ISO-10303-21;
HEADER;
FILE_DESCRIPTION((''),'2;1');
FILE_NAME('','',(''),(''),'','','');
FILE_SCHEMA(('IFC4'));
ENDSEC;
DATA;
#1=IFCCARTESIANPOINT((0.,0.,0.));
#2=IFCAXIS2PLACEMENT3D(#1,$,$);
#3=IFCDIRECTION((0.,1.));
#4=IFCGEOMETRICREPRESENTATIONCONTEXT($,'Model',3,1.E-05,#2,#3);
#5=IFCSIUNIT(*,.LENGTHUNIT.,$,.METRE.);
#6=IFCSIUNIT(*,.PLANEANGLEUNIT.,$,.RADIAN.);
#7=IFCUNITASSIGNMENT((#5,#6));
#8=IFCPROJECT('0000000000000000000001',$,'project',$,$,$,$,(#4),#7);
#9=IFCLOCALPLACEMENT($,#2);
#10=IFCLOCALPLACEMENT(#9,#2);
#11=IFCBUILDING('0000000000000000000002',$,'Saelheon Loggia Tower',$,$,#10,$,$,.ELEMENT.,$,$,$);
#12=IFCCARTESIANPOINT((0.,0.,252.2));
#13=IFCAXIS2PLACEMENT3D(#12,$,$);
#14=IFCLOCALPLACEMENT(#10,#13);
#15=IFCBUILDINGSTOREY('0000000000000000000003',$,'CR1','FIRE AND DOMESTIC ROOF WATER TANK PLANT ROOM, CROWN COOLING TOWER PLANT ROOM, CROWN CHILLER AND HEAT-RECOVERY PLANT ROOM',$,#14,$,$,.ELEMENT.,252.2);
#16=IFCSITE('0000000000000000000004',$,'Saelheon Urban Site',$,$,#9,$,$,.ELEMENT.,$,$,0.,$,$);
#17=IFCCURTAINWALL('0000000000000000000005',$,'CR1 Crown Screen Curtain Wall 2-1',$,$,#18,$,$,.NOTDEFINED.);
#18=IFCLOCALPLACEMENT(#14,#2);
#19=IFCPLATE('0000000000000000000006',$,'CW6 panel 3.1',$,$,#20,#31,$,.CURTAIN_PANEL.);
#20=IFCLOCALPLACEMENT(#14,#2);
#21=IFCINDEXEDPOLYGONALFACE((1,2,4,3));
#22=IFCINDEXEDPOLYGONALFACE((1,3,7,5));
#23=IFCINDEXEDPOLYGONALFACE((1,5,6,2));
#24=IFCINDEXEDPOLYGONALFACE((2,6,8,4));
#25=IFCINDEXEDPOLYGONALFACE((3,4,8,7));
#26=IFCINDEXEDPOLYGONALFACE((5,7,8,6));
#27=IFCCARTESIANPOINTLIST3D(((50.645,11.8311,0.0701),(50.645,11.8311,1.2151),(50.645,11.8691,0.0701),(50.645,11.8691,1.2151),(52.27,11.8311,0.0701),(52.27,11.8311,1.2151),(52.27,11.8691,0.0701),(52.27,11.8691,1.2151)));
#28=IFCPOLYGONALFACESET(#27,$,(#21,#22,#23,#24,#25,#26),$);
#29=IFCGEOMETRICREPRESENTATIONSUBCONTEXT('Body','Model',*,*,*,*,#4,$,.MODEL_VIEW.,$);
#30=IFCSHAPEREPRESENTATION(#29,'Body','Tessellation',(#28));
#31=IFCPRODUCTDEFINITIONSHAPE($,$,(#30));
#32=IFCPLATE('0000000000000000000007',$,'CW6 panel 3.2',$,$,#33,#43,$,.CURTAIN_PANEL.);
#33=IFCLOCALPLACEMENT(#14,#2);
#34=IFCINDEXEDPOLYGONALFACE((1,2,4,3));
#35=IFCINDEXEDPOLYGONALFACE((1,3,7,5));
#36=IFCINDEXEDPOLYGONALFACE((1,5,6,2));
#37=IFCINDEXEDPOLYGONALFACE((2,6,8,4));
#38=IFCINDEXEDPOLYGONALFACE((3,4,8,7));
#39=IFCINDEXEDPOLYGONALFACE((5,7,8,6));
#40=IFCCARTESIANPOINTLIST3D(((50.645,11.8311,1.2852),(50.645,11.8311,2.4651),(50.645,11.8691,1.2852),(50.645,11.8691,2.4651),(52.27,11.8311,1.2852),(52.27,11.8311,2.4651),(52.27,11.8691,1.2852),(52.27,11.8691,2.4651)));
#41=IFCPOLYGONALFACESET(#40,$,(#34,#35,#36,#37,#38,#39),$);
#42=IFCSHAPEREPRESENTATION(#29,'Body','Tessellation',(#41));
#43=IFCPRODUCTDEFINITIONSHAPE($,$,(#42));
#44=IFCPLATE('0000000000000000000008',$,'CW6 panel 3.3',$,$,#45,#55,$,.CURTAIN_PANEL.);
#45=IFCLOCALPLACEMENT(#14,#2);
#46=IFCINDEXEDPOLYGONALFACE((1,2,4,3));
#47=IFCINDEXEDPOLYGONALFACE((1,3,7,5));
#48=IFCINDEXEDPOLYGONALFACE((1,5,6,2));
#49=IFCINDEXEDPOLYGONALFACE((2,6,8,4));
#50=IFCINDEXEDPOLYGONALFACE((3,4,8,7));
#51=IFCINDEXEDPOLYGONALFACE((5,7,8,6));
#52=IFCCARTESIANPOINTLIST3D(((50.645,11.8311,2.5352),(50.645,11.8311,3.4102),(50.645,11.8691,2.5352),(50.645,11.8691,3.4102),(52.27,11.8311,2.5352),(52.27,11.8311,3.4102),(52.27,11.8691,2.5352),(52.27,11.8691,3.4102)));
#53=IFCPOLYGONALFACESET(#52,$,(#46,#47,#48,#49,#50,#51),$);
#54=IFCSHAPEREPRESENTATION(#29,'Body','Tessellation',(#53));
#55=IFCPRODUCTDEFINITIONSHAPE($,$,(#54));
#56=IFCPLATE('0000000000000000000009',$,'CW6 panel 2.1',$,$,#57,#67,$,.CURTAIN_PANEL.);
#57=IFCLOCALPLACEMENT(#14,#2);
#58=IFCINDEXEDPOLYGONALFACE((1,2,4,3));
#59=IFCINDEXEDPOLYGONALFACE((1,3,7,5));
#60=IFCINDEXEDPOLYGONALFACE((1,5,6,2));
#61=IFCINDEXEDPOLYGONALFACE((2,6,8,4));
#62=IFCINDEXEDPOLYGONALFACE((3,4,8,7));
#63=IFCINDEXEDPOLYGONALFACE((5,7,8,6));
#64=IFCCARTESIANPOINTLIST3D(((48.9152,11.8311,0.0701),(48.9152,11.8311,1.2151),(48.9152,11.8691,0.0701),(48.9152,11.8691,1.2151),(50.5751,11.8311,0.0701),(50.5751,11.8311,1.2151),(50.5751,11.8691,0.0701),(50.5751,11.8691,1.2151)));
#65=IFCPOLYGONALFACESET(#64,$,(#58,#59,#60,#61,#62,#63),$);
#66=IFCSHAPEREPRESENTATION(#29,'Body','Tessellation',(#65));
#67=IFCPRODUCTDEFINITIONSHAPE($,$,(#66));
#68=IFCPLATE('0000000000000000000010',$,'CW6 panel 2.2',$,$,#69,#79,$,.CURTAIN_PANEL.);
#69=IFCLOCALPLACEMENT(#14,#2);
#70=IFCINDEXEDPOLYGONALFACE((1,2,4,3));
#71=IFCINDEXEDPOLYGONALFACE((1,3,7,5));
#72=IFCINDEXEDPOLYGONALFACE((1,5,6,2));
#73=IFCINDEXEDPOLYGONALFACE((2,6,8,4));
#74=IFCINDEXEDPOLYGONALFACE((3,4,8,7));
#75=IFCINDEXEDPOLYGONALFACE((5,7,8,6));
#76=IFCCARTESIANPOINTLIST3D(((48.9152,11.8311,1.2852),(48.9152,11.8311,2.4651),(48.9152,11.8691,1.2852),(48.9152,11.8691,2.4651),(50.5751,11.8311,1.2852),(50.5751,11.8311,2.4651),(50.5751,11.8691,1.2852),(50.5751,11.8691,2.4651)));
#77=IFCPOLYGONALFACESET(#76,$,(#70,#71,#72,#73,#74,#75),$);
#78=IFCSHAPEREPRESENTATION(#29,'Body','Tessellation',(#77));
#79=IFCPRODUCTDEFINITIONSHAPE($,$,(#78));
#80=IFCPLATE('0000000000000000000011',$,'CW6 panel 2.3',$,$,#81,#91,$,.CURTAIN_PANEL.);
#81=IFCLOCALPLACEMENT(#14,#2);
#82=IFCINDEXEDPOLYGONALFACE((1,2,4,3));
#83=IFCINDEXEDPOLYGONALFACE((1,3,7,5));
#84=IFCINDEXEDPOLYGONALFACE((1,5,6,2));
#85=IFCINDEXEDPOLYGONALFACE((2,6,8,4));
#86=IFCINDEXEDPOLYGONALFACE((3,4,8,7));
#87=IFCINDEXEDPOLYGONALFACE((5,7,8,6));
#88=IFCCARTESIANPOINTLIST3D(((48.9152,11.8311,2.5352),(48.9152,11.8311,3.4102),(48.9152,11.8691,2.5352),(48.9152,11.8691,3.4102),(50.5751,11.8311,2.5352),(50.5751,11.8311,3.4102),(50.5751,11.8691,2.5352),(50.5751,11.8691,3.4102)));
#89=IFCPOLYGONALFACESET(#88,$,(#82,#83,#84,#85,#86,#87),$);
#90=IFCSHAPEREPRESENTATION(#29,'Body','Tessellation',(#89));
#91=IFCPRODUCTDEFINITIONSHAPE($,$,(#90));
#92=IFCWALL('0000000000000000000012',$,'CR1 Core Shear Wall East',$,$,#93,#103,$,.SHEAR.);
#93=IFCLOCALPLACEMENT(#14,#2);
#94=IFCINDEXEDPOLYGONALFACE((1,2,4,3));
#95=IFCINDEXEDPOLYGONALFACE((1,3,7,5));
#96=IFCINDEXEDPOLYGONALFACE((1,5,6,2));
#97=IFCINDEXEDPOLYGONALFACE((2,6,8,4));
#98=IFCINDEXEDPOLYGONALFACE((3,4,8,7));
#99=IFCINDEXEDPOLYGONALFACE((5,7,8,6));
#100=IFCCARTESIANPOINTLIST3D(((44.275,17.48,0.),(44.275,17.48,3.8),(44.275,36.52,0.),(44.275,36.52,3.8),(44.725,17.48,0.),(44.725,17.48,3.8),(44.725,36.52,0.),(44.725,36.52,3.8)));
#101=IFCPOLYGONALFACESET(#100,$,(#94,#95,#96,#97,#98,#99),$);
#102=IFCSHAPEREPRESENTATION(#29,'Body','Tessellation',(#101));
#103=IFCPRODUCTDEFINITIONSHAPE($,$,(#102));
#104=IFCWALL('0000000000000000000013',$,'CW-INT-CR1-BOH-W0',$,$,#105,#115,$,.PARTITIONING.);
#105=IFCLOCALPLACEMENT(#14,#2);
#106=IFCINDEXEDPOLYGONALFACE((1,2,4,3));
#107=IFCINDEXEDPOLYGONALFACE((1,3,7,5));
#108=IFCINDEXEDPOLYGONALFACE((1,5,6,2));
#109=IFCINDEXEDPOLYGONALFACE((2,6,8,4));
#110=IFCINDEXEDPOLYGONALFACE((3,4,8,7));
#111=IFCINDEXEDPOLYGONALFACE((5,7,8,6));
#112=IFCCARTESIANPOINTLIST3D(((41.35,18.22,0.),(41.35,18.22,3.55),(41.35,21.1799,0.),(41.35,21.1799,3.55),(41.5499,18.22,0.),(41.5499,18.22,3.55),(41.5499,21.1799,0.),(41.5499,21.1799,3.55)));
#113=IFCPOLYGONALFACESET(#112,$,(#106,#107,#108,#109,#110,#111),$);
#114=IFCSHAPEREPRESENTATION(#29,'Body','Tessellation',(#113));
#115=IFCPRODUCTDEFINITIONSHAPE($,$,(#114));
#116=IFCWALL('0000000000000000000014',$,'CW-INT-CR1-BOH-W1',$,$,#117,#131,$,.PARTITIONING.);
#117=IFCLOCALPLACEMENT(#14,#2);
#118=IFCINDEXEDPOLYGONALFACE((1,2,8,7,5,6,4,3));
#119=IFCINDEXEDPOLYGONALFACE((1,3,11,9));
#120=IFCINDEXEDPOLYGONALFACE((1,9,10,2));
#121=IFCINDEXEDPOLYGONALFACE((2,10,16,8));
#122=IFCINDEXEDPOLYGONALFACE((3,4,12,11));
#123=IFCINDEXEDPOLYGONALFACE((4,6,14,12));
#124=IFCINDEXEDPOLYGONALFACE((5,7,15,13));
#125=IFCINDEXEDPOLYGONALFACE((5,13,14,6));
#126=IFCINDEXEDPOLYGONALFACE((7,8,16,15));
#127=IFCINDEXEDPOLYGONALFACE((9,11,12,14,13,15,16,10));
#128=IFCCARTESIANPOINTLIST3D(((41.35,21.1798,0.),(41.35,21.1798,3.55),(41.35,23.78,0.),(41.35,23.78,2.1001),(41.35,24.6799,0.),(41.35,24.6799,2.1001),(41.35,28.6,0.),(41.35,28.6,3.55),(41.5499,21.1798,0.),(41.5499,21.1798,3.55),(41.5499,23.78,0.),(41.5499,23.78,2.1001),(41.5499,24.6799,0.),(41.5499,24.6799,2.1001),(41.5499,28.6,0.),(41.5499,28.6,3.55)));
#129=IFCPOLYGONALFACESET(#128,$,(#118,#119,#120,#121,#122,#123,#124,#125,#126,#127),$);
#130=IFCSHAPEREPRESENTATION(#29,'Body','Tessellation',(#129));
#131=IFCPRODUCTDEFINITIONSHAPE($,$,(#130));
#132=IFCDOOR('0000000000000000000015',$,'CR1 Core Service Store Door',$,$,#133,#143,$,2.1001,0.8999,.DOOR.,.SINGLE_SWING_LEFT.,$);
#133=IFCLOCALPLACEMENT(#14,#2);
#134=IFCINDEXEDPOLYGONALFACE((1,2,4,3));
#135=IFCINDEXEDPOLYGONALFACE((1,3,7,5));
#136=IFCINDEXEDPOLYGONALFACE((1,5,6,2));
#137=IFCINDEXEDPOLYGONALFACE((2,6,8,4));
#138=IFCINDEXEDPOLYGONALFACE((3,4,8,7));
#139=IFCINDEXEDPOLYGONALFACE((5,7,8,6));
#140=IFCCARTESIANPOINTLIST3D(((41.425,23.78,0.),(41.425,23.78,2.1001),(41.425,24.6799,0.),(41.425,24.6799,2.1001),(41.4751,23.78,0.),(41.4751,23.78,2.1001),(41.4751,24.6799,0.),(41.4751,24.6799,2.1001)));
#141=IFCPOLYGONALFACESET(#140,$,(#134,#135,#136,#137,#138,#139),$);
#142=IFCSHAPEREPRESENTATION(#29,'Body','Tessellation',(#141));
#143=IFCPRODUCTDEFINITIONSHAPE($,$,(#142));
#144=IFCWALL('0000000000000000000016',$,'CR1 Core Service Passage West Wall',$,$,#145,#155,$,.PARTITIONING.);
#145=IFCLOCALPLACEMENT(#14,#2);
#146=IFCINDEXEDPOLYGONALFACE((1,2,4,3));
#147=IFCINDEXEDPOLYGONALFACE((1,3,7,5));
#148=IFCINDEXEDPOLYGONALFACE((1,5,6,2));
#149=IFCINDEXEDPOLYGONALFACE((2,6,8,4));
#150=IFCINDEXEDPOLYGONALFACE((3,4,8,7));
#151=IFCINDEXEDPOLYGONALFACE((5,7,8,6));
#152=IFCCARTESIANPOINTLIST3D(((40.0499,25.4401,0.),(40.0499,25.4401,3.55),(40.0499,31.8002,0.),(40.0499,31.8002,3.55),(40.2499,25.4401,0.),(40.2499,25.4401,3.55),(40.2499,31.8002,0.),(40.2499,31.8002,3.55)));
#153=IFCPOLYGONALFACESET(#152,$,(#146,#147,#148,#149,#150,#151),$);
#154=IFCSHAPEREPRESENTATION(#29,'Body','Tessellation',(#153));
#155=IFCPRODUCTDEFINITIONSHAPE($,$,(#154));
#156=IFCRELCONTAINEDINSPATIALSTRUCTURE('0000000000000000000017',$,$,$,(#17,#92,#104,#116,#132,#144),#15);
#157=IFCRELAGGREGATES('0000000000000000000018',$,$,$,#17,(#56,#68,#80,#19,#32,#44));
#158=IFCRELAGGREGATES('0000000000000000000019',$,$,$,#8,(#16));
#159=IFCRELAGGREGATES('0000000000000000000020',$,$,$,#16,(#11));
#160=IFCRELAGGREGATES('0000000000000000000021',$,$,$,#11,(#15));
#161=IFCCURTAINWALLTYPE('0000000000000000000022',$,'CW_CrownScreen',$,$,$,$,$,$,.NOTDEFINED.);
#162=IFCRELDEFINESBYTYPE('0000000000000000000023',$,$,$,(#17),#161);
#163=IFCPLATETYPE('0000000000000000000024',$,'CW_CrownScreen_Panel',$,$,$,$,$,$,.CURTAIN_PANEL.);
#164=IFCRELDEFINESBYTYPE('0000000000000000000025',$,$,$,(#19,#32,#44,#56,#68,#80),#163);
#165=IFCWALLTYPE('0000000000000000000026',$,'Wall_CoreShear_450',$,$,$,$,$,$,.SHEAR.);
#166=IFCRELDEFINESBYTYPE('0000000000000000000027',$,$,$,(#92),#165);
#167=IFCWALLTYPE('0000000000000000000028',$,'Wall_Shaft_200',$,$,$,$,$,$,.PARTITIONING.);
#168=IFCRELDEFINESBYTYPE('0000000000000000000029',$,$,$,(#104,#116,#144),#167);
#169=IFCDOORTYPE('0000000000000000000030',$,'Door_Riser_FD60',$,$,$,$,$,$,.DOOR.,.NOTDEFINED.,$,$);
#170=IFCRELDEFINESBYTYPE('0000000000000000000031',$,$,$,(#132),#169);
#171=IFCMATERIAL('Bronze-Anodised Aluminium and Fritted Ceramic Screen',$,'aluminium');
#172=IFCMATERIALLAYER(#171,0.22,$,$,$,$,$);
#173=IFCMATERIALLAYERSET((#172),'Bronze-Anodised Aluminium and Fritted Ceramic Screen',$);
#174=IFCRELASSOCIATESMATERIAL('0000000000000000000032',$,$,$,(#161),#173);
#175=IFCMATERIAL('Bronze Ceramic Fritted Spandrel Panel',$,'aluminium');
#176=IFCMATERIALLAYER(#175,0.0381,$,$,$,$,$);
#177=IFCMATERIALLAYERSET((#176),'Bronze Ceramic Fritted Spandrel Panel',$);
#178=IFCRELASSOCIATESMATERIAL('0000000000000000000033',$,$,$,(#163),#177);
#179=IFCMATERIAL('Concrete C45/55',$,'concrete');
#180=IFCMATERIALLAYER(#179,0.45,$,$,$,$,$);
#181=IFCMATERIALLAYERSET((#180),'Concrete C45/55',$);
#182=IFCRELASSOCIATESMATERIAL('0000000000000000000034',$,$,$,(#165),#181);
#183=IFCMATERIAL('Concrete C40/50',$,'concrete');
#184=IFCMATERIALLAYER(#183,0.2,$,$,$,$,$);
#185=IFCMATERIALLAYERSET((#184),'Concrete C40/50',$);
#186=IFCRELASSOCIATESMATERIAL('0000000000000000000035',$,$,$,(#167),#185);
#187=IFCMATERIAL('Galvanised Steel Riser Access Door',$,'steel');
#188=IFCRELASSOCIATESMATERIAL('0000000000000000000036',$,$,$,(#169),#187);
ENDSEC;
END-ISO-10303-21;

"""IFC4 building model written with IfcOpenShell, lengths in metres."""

from ifc_helpers import new_model, si_unit, direction, frame, frame_2d, origin, origin_2d, place, context, subcontext, project, spatial, rectangle, extrude, source, transform, mapped, material, layer, layer_set, type_object, element, fill, aggregate, save


model = new_model("IFC4")

# Units and contexts
model_context = context("Model", 3, precision=1e-05, world=origin(), true_north=direction((0.0, 1.0)))
body_context = subcontext(model_context, "Body", "Model", "MODEL_VIEW")
ifc_project = project(units=[si_unit("LENGTHUNIT", "METRE"), si_unit("PLANEANGLEUNIT", "RADIAN")], contexts=[model_context])

# Site, building, storey
site_placement = place(None, origin())
site = spatial("IfcSite", under=ifc_project, at=site_placement, Name="Saelheon Urban Site", CompositionType="ELEMENT", RefElevation=0.0)
building_placement = place(site_placement, origin())
building = spatial("IfcBuilding", under=site, at=building_placement, Name="Saelheon Loggia Tower", CompositionType="ELEMENT")
storey_placement = place(building_placement, frame((0.0, 0.0, 252.2)))
storey = spatial("IfcBuildingStorey", under=building, at=storey_placement, Name="CR1", Description="FIRE AND DOMESTIC ROOF WATER TANK PLANT ROOM, CROWN COOLING TOWER PLANT ROOM, CROWN CHILLER AND HEAT-RECOVERY PLANT ROOM", CompositionType="ELEMENT", Elevation=252.2)

# Shared definitions
ifc_material_1 = material(Name="Concrete C45/55", Category="concrete")

# Curtain wall
ifc_material_2 = material(Name="Bronze-Anodised Aluminium and Fritted Ceramic Screen", Category="aluminium")
ifc_layer_1 = layer(ifc_material_2, 0.22)
ifc_layer_set_1 = layer_set([ifc_layer_1], Name="Bronze-Anodised Aluminium and Fritted Ceramic Screen")
curtain_wall_type = type_object("IfcCurtainWallType", Name="CW_CrownScreen", PredefinedType="NOTDEFINED", material=ifc_layer_set_1)
curtain_wall_placement = place(storey_placement, origin())
curtain_wall = element("IfcCurtainWall", 1, at=curtain_wall_placement, inside=storey, type_object=curtain_wall_type, Name="CR1 Crown Screen Curtain Wall 2-1", PredefinedType="NOTDEFINED")

# Plates
ifc_material_3 = material(Name="Bronze Ceramic Fritted Spandrel Panel", Category="aluminium")
ifc_layer_2 = layer(ifc_material_3, 0.0381)
ifc_layer_set_2 = layer_set([ifc_layer_2], Name="Bronze Ceramic Fritted Spandrel Panel")
plate_type_1 = type_object("IfcPlateType", Name="CW_CrownScreen_Panel", PredefinedType="CURTAIN_PANEL", material=ifc_layer_set_2)
shared_shape_1 = source(origin(), body_context, "Body", "SweptSolid", [
    extrude(rectangle(XDim=1.625, YDim=0.0381, at=origin_2d()), origin(), (0.0, 0.0, 1.0), 1.145),
])
plate_1_placement = place(storey_placement, frame((51.4575, 11.8501, 0.0701), z_axis=(0.0, 0.0, 1.0), x_axis=(1.0, 0.0, 0.0)))
plate_1 = element("IfcPlate", 2, at=plate_1_placement, type_object=plate_type_1, Name="CW6 panel 3.1", PredefinedType="CURTAIN_PANEL", context=body_context, shape_type="MappedRepresentation", body=[
    mapped(shared_shape_1, transform((0.0, 0.0, 0.0), scale=1.0)),
])
shared_shape_2 = source(origin(), body_context, "Body", "SweptSolid", [
    extrude(rectangle(XDim=1.625, YDim=0.0381, at=origin_2d()), origin(), (0.0, 0.0, 1.0), 1.1799),
])
plate_2_placement = place(storey_placement, frame((51.4575, 11.8501, 1.2852), z_axis=(0.0, 0.0, 1.0), x_axis=(1.0, 0.0, 0.0)))
plate_2 = element("IfcPlate", 3, at=plate_2_placement, type_object=plate_type_1, Name="CW6 panel 3.2", PredefinedType="CURTAIN_PANEL", context=body_context, shape_type="MappedRepresentation", body=[
    mapped(shared_shape_2, transform((0.0, 0.0, 0.0), scale=1.0)),
])
shared_shape_3 = source(origin(), body_context, "Body", "SweptSolid", [
    extrude(rectangle(XDim=1.625, YDim=0.0381, at=origin_2d()), origin(), (0.0, 0.0, 1.0), 0.875),
])
plate_3_placement = place(storey_placement, frame((51.4575, 11.8501, 2.5352), z_axis=(0.0, 0.0, 1.0), x_axis=(1.0, 0.0, 0.0)))
plate_3 = element("IfcPlate", 4, at=plate_3_placement, type_object=plate_type_1, Name="CW6 panel 3.3", PredefinedType="CURTAIN_PANEL", context=body_context, shape_type="MappedRepresentation", body=[
    mapped(shared_shape_3, transform((0.0, 0.0, 0.0), scale=1.0)),
])
shared_shape_4 = source(origin(), body_context, "Body", "SweptSolid", [
    extrude(rectangle(XDim=1.6599, YDim=0.0381, at=origin_2d()), origin(), (0.0, 0.0, 1.0), 1.145),
])
plate_4_placement = place(storey_placement, frame((49.7451, 11.8501, 0.0701), z_axis=(0.0, 0.0, 1.0), x_axis=(1.0, 0.0, 0.0)))
plate_4 = element("IfcPlate", 5, at=plate_4_placement, type_object=plate_type_1, Name="CW6 panel 2.1", PredefinedType="CURTAIN_PANEL", context=body_context, shape_type="MappedRepresentation", body=[
    mapped(shared_shape_4, transform((0.0, 0.0, 0.0), scale=1.0)),
])
shared_shape_5 = source(origin(), body_context, "Body", "SweptSolid", [
    extrude(rectangle(XDim=1.6599, YDim=0.0381, at=origin_2d()), origin(), (0.0, 0.0, 1.0), 1.1799),
])
plate_5_placement = place(storey_placement, frame((49.7451, 11.8501, 1.2852), z_axis=(0.0, 0.0, 1.0), x_axis=(1.0, 0.0, 0.0)))
plate_5 = element("IfcPlate", 6, at=plate_5_placement, type_object=plate_type_1, Name="CW6 panel 2.2", PredefinedType="CURTAIN_PANEL", context=body_context, shape_type="MappedRepresentation", body=[
    mapped(shared_shape_5, transform((0.0, 0.0, 0.0), scale=1.0)),
])
shared_shape_6 = source(origin(), body_context, "Body", "SweptSolid", [
    extrude(rectangle(XDim=1.6599, YDim=0.0381, at=origin_2d()), origin(), (0.0, 0.0, 1.0), 0.875),
])
plate_6_placement = place(storey_placement, frame((49.7451, 11.8501, 2.5352), z_axis=(0.0, 0.0, 1.0), x_axis=(1.0, 0.0, 0.0)))
plate_6 = element("IfcPlate", 7, at=plate_6_placement, type_object=plate_type_1, Name="CW6 panel 2.3", PredefinedType="CURTAIN_PANEL", context=body_context, shape_type="MappedRepresentation", body=[
    mapped(shared_shape_6, transform((0.0, 0.0, 0.0), scale=1.0)),
])
aggregate(curtain_wall, [plate_4, plate_5, plate_6, plate_1, plate_2, plate_3])

# Walls
ifc_layer_3 = layer(ifc_material_1, 0.45)
ifc_layer_set_3 = layer_set([ifc_layer_3], Name="Concrete C45/55")
wall_type_1 = type_object("IfcWallType", Name="Wall_CoreShear_450", PredefinedType="SHEAR", material=ifc_layer_set_3)
wall_1_placement = place(storey_placement, frame((44.5, 17.48, 0.0), z_axis=(0.0, 0.0, 1.0), x_axis=(0.0, 1.0, 0.0)))
element("IfcWall", 8, at=wall_1_placement, inside=storey, type_object=wall_type_1, Name="CR1 Core Shear Wall East", PredefinedType="SHEAR", context=body_context, shape_type="SweptSolid", body=[
    extrude(rectangle(XDim=19.04, YDim=0.45, at=frame_2d((9.52, 0.0))), origin(), (0.0, 0.0, 1.0), 3.8),
])
ifc_material_4 = material(Name="Concrete C40/50", Category="concrete")
ifc_layer_4 = layer(ifc_material_4, 0.2)
ifc_layer_set_4 = layer_set([ifc_layer_4], Name="Concrete C40/50")
wall_type_2 = type_object("IfcWallType", Name="Wall_Shaft_200", PredefinedType="PARTITIONING", material=ifc_layer_set_4)
wall_2_placement = place(storey_placement, frame((41.45, 18.22, 0.0), z_axis=(0.0, 0.0, 1.0), x_axis=(0.0, 1.0, 0.0)))
element("IfcWall", 9, at=wall_2_placement, inside=storey, type_object=wall_type_2, Name="CW-INT-CR1-BOH-W0", PredefinedType="PARTITIONING", context=body_context, shape_type="SweptSolid", body=[
    extrude(rectangle(XDim=2.96, YDim=0.2, at=frame_2d((1.48, 0.0))), origin(), (0.0, 0.0, 1.0), 3.55),
])

# Wall, opening, door
wall_3_placement = place(storey_placement, frame((41.45, 21.1799, 0.0), z_axis=(0.0, 0.0, 1.0), x_axis=(0.0, 1.0, 0.0)))
wall_3 = element("IfcWall", 10, at=wall_3_placement, inside=storey, type_object=wall_type_2, Name="CW-INT-CR1-BOH-W1", PredefinedType="PARTITIONING", context=body_context, shape_type="SweptSolid", body=[
    extrude(rectangle(XDim=7.4202, YDim=0.2, at=frame_2d((3.71, 0.0))), origin(), (0.0, 0.0, 1.0), 3.55),
])
opening_1_placement = place(wall_3_placement, frame((2.6001, 0.0, 0.0)))
opening_1 = element("IfcOpeningElement", 11, at=opening_1_placement, cuts=wall_3, PredefinedType="OPENING", context=body_context, shape_type="SweptSolid", body=[
    extrude(rectangle(XDim=0.8999, YDim=2.1001, at=frame_2d((0.45, 1.05))), frame((0.0, 0.1121, 0.0), z_axis=(0.0, -1.0, 0.0), x_axis=(1.0, 0.0, 0.0)), (0.0, 0.0, 1.0), 0.2239),
])
ifc_material_5 = material(Name="Galvanised Steel Riser Access Door", Category="steel")
door_type = type_object("IfcDoorType", Name="Door_Riser_FD60", OperationType="NOTDEFINED", PredefinedType="DOOR", material=ifc_material_5)
shared_shape_7 = source(origin(), body_context, "Body", "SweptSolid", [
    extrude(rectangle(XDim=0.8999, YDim=2.1001, at=frame_2d((0.45, 1.05))), frame((0.0, 0.0249, 0.0), z_axis=(0.0, -1.0, 0.0), x_axis=(1.0, 0.0, 0.0)), (0.0, 0.0, 1.0), 0.05),
])
door_1_placement = place(opening_1_placement, origin())
door_1 = element("IfcDoor", 12, at=door_1_placement, inside=storey, type_object=door_type, Name="CR1 Core Service Store Door", OperationType="SINGLE_SWING_LEFT", OverallHeight=2.1001, OverallWidth=0.8999, PredefinedType="DOOR", context=body_context, shape_type="MappedRepresentation", body=[
    mapped(shared_shape_7, transform((0.0, 0.0, 0.0), scale=1.0)),
])
fill(opening_1, door_1)

# Wall
wall_4_placement = place(storey_placement, frame((40.1499, 25.4399, 0.0), z_axis=(0.0, 0.0, 1.0), x_axis=(0.0, 1.0, 0.0)))
element("IfcWall", 13, at=wall_4_placement, inside=storey, type_object=wall_type_2, Name="CR1 Core Service Passage West Wall", PredefinedType="PARTITIONING", context=body_context, shape_type="SweptSolid", body=[
    extrude(rectangle(XDim=6.3601, YDim=0.2, at=frame_2d((3.1802, 0.0))), origin(), (0.0, 0.0, 1.0), 3.55),
])

save(model, "model.ifc")
